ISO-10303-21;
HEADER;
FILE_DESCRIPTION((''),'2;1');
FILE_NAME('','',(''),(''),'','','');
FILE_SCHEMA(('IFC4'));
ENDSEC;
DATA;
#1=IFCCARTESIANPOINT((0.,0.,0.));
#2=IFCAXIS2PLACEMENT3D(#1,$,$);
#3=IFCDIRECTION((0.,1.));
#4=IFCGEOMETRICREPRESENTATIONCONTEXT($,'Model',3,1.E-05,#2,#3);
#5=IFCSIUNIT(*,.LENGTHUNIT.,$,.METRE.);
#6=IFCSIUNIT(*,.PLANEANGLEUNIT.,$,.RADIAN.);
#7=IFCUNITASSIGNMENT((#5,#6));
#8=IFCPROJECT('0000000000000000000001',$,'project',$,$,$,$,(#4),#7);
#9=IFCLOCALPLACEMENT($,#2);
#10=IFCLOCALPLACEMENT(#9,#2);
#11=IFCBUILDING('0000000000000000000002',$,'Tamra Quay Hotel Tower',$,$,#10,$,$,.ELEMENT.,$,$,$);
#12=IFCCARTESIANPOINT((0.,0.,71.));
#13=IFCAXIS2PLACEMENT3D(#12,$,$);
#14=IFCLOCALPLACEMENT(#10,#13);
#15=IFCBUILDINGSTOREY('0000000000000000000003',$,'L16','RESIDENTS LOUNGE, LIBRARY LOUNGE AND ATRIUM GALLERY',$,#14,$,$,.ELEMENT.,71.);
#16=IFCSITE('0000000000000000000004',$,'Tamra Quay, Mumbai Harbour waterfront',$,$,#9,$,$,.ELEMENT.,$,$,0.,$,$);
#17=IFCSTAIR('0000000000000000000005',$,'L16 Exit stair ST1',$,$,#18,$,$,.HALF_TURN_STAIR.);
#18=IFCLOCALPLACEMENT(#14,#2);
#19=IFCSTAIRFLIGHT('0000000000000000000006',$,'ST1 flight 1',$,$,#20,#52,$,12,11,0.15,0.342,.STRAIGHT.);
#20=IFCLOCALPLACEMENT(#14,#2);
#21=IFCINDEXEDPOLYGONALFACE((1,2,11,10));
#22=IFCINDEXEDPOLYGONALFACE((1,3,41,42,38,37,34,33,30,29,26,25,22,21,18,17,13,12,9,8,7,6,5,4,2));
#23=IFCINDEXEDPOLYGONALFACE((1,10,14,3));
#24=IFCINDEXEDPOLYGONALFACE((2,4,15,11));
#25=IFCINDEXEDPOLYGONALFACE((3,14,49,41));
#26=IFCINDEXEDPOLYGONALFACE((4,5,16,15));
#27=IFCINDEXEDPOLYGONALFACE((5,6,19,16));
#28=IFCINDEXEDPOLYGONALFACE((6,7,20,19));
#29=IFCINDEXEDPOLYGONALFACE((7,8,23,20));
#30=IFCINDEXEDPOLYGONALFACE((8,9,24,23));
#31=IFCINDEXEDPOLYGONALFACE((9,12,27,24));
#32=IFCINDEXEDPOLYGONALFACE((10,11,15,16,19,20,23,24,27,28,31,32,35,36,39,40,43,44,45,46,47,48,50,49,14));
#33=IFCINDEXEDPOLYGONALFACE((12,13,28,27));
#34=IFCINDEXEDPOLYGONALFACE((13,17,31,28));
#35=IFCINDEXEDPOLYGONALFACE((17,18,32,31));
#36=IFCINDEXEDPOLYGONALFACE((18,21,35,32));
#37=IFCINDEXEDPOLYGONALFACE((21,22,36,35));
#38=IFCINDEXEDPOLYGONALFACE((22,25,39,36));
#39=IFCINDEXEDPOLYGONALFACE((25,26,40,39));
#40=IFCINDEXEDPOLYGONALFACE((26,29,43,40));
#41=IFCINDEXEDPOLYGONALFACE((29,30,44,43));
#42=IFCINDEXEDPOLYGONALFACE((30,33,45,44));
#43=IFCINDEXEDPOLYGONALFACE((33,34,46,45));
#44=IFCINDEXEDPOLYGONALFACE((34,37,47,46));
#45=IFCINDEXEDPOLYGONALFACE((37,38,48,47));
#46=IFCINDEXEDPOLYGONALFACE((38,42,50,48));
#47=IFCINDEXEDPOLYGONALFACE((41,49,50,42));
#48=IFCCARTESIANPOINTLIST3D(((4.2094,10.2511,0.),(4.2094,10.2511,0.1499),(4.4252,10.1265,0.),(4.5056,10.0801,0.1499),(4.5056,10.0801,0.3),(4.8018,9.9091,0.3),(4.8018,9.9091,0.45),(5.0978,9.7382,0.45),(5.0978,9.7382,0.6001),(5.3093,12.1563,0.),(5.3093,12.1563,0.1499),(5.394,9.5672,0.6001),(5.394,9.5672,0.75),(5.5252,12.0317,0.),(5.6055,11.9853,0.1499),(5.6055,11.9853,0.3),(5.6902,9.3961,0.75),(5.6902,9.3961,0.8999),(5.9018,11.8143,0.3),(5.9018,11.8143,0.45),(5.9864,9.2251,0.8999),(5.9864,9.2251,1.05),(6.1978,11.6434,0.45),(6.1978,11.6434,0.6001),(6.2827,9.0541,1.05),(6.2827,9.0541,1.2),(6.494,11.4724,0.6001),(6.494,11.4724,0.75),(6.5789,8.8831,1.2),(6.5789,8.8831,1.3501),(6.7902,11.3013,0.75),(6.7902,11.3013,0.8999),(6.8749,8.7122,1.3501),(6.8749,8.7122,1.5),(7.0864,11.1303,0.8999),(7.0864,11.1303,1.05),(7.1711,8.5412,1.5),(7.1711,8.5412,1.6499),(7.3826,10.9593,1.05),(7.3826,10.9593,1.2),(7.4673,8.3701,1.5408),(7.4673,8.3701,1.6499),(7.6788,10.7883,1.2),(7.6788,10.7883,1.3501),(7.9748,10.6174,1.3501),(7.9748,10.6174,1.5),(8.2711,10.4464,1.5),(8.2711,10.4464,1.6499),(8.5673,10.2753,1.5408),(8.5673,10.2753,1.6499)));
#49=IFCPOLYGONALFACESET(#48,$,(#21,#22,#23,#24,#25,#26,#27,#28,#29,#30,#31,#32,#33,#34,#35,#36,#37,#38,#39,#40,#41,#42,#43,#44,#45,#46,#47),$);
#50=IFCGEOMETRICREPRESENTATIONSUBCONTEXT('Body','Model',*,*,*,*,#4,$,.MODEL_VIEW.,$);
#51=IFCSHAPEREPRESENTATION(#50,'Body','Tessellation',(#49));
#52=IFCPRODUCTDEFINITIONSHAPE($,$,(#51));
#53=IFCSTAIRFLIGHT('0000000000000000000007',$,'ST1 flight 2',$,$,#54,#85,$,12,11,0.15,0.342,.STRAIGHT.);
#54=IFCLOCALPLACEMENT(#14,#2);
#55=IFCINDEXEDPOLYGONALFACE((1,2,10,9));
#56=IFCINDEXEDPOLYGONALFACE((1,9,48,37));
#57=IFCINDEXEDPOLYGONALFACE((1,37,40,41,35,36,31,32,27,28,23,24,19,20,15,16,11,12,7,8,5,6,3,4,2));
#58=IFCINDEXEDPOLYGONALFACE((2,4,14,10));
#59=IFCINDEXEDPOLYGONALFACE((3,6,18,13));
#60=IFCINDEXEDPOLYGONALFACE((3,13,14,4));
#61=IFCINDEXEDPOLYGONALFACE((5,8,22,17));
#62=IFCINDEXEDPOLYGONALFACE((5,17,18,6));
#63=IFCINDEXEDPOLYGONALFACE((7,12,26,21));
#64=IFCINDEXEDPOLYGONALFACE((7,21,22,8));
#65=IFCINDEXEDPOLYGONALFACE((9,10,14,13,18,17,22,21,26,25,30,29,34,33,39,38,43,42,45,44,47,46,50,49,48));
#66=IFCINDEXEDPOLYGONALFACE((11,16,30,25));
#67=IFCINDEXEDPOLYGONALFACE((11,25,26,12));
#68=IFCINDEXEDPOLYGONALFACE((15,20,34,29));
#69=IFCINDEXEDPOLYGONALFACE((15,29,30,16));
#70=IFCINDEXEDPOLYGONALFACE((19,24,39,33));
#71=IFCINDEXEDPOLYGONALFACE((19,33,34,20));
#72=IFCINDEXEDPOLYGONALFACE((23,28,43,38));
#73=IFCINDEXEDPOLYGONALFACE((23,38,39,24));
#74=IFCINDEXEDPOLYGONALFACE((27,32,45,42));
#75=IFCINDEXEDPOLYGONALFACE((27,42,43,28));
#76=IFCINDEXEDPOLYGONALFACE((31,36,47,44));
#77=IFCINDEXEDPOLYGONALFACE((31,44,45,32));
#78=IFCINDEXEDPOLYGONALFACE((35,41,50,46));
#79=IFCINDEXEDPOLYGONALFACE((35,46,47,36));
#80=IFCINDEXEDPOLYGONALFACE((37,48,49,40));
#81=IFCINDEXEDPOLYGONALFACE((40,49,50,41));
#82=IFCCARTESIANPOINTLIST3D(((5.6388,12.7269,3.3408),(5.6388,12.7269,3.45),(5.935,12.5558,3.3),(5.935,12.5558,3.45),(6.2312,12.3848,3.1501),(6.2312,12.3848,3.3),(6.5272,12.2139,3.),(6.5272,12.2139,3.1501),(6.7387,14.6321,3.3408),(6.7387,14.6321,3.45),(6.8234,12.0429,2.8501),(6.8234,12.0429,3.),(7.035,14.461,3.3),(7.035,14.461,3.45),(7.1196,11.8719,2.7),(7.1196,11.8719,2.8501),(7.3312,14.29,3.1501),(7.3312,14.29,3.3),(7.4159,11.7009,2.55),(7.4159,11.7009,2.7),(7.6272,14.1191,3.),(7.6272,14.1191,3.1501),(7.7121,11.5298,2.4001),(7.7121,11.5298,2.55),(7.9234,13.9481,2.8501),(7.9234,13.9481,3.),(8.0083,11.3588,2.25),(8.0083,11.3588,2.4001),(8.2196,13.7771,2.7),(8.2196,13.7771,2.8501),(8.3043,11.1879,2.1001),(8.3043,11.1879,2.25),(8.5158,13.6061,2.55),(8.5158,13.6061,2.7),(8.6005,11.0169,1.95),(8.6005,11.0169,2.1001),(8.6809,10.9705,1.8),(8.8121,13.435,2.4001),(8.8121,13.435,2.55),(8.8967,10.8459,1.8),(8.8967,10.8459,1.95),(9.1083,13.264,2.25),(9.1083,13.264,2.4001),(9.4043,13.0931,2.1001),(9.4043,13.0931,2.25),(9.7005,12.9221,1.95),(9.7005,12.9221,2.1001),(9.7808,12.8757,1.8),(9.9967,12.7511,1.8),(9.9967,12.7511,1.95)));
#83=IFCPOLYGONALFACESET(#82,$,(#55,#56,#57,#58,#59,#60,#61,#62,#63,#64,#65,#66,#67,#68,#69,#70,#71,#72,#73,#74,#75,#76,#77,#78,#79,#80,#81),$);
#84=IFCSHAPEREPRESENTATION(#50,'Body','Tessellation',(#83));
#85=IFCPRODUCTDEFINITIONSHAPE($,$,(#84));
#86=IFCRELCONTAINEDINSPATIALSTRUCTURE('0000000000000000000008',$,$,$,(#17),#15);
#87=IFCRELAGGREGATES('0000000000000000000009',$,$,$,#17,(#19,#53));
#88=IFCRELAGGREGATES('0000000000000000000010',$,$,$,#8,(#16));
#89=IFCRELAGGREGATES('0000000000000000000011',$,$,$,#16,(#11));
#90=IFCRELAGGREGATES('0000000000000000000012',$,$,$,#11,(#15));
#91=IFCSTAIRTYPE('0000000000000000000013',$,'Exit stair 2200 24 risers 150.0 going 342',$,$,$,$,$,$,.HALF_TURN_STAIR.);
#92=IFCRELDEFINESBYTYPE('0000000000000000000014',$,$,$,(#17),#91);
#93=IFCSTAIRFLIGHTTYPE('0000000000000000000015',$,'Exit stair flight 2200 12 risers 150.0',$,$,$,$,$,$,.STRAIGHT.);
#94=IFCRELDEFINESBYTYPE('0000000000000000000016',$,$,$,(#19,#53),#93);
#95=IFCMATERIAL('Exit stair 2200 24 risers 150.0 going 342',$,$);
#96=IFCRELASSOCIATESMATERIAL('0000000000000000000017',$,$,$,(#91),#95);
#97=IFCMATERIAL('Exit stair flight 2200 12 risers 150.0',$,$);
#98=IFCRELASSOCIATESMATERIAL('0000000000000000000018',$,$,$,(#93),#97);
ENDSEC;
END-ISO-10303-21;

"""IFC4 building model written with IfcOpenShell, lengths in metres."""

from ifc_helpers import new_model, si_unit, direction, frame, origin, place, context, subcontext, project, spatial, polyline, outline, extrude, material, type_object, element, aggregate, save


model = new_model("IFC4")

# Units and contexts
model_context = context("Model", 3, precision=1e-05, world=origin(), true_north=direction((0.0, 1.0)))
body_context = subcontext(model_context, "Body", "Model", "MODEL_VIEW")
ifc_project = project(units=[si_unit("LENGTHUNIT", "METRE"), si_unit("PLANEANGLEUNIT", "RADIAN")], contexts=[model_context])

# Site, building, storey
site_placement = place(None, origin())
site = spatial("IfcSite", under=ifc_project, at=site_placement, Name="Tamra Quay, Mumbai Harbour waterfront", CompositionType="ELEMENT", RefElevation=0.0)
building_placement = place(site_placement, origin())
building = spatial("IfcBuilding", under=site, at=building_placement, Name="Tamra Quay Hotel Tower", CompositionType="ELEMENT")
storey_placement = place(building_placement, frame((0.0, 0.0, 71.0)))
storey = spatial("IfcBuildingStorey", under=building, at=storey_placement, Name="L16", Description="RESIDENTS LOUNGE, LIBRARY LOUNGE AND ATRIUM GALLERY", CompositionType="ELEMENT", Elevation=71.0)

# Stair, stair flights
ifc_material_1 = material(Name="Exit stair 2200 24 risers 150.0 going 342")
stair_type = type_object("IfcStairType", Name="Exit stair 2200 24 risers 150.0 going 342", PredefinedType="HALF_TURN_STAIR", material=ifc_material_1)
stair_placement = place(storey_placement, origin())
stair = element("IfcStair", 1, at=stair_placement, inside=storey, type_object=stair_type, Name="L16 Exit stair ST1", PredefinedType="HALF_TURN_STAIR")
ifc_material_2 = material(Name="Exit stair flight 2200 12 risers 150.0")
stair_flight_type = type_object("IfcStairFlightType", Name="Exit stair flight 2200 12 risers 150.0", PredefinedType="STRAIGHT", material=ifc_material_2)
stair_flight_1_placement = place(storey_placement, frame((4.7593, 11.2036, 0.0), z_axis=(0.0, 0.0, 1.0), x_axis=(0.866025, -0.5, 0.0)))
stair_flight_1 = element("IfcStairFlight", 2, at=stair_flight_1_placement, type_object=stair_flight_type, Name="ST1 flight 1", NumberOfRisers=12, NumberOfTreads=11, PredefinedType="STRAIGHT", RiserHeight=0.15, TreadLength=0.342, context=body_context, shape_type="SweptSolid", body=[
    extrude(outline(polyline([(0.0, 0.0), (0.0, 0.1499), (0.342, 0.1499), (0.342, 0.3), (0.6841, 0.3), (0.6841, 0.45), (1.0259, 0.45), (1.0259, 0.6001), (1.3679, 0.6001), (1.3679, 0.75), (1.71, 0.75), (1.71, 0.8999), (2.052, 0.8999), (2.052, 1.05), (2.394, 1.05), (2.394, 1.2), (2.7361, 1.2), (2.7361, 1.3501), (3.0779, 1.3501), (3.0779, 1.5), (3.4199, 1.5), (3.4199, 1.6499), (3.762, 1.6499), (3.762, 1.8), (3.762, 1.5408), (0.2493, 0.0), (0.0, 0.0)])), frame((0.0, 1.1001, 0.0), z_axis=(0.0, -1.0, 0.0), x_axis=(1.0, 0.0, 0.0)), (0.0, 0.0, 1.0), 2.2),
])
stair_flight_2_placement = place(storey_placement, frame((9.4468, 11.7986, 1.8), z_axis=(0.0, 0.0, 1.0), x_axis=(-0.866025, 0.5, 0.0)))
stair_flight_2 = element("IfcStairFlight", 3, at=stair_flight_2_placement, type_object=stair_flight_type, Name="ST1 flight 2", NumberOfRisers=12, NumberOfTreads=11, PredefinedType="STRAIGHT", RiserHeight=0.15, TreadLength=0.342, context=body_context, shape_type="SweptSolid", body=[
    extrude(outline(polyline([(0.0, 0.0), (0.0, 0.1499), (0.342, 0.1499), (0.342, 0.3), (0.6841, 0.3), (0.6841, 0.45), (1.0259, 0.45), (1.0259, 0.6001), (1.3679, 0.6001), (1.3679, 0.75), (1.71, 0.75), (1.71, 0.8999), (2.052, 0.8999), (2.052, 1.05), (2.394, 1.05), (2.394, 1.2), (2.7361, 1.2), (2.7361, 1.3501), (3.0779, 1.3501), (3.0779, 1.5), (3.4199, 1.5), (3.4199, 1.6499), (3.762, 1.6499), (3.762, 1.8), (3.762, 1.5408), (0.2493, 0.0), (0.0, 0.0)])), frame((0.0, 1.1001, 0.0), z_axis=(0.0, -1.0, 0.0), x_axis=(1.0, 0.0, 0.0)), (0.0, 0.0, 1.0), 2.2),
])
aggregate(stair, [stair_flight_1, stair_flight_2])

save(model, "model.ifc")
